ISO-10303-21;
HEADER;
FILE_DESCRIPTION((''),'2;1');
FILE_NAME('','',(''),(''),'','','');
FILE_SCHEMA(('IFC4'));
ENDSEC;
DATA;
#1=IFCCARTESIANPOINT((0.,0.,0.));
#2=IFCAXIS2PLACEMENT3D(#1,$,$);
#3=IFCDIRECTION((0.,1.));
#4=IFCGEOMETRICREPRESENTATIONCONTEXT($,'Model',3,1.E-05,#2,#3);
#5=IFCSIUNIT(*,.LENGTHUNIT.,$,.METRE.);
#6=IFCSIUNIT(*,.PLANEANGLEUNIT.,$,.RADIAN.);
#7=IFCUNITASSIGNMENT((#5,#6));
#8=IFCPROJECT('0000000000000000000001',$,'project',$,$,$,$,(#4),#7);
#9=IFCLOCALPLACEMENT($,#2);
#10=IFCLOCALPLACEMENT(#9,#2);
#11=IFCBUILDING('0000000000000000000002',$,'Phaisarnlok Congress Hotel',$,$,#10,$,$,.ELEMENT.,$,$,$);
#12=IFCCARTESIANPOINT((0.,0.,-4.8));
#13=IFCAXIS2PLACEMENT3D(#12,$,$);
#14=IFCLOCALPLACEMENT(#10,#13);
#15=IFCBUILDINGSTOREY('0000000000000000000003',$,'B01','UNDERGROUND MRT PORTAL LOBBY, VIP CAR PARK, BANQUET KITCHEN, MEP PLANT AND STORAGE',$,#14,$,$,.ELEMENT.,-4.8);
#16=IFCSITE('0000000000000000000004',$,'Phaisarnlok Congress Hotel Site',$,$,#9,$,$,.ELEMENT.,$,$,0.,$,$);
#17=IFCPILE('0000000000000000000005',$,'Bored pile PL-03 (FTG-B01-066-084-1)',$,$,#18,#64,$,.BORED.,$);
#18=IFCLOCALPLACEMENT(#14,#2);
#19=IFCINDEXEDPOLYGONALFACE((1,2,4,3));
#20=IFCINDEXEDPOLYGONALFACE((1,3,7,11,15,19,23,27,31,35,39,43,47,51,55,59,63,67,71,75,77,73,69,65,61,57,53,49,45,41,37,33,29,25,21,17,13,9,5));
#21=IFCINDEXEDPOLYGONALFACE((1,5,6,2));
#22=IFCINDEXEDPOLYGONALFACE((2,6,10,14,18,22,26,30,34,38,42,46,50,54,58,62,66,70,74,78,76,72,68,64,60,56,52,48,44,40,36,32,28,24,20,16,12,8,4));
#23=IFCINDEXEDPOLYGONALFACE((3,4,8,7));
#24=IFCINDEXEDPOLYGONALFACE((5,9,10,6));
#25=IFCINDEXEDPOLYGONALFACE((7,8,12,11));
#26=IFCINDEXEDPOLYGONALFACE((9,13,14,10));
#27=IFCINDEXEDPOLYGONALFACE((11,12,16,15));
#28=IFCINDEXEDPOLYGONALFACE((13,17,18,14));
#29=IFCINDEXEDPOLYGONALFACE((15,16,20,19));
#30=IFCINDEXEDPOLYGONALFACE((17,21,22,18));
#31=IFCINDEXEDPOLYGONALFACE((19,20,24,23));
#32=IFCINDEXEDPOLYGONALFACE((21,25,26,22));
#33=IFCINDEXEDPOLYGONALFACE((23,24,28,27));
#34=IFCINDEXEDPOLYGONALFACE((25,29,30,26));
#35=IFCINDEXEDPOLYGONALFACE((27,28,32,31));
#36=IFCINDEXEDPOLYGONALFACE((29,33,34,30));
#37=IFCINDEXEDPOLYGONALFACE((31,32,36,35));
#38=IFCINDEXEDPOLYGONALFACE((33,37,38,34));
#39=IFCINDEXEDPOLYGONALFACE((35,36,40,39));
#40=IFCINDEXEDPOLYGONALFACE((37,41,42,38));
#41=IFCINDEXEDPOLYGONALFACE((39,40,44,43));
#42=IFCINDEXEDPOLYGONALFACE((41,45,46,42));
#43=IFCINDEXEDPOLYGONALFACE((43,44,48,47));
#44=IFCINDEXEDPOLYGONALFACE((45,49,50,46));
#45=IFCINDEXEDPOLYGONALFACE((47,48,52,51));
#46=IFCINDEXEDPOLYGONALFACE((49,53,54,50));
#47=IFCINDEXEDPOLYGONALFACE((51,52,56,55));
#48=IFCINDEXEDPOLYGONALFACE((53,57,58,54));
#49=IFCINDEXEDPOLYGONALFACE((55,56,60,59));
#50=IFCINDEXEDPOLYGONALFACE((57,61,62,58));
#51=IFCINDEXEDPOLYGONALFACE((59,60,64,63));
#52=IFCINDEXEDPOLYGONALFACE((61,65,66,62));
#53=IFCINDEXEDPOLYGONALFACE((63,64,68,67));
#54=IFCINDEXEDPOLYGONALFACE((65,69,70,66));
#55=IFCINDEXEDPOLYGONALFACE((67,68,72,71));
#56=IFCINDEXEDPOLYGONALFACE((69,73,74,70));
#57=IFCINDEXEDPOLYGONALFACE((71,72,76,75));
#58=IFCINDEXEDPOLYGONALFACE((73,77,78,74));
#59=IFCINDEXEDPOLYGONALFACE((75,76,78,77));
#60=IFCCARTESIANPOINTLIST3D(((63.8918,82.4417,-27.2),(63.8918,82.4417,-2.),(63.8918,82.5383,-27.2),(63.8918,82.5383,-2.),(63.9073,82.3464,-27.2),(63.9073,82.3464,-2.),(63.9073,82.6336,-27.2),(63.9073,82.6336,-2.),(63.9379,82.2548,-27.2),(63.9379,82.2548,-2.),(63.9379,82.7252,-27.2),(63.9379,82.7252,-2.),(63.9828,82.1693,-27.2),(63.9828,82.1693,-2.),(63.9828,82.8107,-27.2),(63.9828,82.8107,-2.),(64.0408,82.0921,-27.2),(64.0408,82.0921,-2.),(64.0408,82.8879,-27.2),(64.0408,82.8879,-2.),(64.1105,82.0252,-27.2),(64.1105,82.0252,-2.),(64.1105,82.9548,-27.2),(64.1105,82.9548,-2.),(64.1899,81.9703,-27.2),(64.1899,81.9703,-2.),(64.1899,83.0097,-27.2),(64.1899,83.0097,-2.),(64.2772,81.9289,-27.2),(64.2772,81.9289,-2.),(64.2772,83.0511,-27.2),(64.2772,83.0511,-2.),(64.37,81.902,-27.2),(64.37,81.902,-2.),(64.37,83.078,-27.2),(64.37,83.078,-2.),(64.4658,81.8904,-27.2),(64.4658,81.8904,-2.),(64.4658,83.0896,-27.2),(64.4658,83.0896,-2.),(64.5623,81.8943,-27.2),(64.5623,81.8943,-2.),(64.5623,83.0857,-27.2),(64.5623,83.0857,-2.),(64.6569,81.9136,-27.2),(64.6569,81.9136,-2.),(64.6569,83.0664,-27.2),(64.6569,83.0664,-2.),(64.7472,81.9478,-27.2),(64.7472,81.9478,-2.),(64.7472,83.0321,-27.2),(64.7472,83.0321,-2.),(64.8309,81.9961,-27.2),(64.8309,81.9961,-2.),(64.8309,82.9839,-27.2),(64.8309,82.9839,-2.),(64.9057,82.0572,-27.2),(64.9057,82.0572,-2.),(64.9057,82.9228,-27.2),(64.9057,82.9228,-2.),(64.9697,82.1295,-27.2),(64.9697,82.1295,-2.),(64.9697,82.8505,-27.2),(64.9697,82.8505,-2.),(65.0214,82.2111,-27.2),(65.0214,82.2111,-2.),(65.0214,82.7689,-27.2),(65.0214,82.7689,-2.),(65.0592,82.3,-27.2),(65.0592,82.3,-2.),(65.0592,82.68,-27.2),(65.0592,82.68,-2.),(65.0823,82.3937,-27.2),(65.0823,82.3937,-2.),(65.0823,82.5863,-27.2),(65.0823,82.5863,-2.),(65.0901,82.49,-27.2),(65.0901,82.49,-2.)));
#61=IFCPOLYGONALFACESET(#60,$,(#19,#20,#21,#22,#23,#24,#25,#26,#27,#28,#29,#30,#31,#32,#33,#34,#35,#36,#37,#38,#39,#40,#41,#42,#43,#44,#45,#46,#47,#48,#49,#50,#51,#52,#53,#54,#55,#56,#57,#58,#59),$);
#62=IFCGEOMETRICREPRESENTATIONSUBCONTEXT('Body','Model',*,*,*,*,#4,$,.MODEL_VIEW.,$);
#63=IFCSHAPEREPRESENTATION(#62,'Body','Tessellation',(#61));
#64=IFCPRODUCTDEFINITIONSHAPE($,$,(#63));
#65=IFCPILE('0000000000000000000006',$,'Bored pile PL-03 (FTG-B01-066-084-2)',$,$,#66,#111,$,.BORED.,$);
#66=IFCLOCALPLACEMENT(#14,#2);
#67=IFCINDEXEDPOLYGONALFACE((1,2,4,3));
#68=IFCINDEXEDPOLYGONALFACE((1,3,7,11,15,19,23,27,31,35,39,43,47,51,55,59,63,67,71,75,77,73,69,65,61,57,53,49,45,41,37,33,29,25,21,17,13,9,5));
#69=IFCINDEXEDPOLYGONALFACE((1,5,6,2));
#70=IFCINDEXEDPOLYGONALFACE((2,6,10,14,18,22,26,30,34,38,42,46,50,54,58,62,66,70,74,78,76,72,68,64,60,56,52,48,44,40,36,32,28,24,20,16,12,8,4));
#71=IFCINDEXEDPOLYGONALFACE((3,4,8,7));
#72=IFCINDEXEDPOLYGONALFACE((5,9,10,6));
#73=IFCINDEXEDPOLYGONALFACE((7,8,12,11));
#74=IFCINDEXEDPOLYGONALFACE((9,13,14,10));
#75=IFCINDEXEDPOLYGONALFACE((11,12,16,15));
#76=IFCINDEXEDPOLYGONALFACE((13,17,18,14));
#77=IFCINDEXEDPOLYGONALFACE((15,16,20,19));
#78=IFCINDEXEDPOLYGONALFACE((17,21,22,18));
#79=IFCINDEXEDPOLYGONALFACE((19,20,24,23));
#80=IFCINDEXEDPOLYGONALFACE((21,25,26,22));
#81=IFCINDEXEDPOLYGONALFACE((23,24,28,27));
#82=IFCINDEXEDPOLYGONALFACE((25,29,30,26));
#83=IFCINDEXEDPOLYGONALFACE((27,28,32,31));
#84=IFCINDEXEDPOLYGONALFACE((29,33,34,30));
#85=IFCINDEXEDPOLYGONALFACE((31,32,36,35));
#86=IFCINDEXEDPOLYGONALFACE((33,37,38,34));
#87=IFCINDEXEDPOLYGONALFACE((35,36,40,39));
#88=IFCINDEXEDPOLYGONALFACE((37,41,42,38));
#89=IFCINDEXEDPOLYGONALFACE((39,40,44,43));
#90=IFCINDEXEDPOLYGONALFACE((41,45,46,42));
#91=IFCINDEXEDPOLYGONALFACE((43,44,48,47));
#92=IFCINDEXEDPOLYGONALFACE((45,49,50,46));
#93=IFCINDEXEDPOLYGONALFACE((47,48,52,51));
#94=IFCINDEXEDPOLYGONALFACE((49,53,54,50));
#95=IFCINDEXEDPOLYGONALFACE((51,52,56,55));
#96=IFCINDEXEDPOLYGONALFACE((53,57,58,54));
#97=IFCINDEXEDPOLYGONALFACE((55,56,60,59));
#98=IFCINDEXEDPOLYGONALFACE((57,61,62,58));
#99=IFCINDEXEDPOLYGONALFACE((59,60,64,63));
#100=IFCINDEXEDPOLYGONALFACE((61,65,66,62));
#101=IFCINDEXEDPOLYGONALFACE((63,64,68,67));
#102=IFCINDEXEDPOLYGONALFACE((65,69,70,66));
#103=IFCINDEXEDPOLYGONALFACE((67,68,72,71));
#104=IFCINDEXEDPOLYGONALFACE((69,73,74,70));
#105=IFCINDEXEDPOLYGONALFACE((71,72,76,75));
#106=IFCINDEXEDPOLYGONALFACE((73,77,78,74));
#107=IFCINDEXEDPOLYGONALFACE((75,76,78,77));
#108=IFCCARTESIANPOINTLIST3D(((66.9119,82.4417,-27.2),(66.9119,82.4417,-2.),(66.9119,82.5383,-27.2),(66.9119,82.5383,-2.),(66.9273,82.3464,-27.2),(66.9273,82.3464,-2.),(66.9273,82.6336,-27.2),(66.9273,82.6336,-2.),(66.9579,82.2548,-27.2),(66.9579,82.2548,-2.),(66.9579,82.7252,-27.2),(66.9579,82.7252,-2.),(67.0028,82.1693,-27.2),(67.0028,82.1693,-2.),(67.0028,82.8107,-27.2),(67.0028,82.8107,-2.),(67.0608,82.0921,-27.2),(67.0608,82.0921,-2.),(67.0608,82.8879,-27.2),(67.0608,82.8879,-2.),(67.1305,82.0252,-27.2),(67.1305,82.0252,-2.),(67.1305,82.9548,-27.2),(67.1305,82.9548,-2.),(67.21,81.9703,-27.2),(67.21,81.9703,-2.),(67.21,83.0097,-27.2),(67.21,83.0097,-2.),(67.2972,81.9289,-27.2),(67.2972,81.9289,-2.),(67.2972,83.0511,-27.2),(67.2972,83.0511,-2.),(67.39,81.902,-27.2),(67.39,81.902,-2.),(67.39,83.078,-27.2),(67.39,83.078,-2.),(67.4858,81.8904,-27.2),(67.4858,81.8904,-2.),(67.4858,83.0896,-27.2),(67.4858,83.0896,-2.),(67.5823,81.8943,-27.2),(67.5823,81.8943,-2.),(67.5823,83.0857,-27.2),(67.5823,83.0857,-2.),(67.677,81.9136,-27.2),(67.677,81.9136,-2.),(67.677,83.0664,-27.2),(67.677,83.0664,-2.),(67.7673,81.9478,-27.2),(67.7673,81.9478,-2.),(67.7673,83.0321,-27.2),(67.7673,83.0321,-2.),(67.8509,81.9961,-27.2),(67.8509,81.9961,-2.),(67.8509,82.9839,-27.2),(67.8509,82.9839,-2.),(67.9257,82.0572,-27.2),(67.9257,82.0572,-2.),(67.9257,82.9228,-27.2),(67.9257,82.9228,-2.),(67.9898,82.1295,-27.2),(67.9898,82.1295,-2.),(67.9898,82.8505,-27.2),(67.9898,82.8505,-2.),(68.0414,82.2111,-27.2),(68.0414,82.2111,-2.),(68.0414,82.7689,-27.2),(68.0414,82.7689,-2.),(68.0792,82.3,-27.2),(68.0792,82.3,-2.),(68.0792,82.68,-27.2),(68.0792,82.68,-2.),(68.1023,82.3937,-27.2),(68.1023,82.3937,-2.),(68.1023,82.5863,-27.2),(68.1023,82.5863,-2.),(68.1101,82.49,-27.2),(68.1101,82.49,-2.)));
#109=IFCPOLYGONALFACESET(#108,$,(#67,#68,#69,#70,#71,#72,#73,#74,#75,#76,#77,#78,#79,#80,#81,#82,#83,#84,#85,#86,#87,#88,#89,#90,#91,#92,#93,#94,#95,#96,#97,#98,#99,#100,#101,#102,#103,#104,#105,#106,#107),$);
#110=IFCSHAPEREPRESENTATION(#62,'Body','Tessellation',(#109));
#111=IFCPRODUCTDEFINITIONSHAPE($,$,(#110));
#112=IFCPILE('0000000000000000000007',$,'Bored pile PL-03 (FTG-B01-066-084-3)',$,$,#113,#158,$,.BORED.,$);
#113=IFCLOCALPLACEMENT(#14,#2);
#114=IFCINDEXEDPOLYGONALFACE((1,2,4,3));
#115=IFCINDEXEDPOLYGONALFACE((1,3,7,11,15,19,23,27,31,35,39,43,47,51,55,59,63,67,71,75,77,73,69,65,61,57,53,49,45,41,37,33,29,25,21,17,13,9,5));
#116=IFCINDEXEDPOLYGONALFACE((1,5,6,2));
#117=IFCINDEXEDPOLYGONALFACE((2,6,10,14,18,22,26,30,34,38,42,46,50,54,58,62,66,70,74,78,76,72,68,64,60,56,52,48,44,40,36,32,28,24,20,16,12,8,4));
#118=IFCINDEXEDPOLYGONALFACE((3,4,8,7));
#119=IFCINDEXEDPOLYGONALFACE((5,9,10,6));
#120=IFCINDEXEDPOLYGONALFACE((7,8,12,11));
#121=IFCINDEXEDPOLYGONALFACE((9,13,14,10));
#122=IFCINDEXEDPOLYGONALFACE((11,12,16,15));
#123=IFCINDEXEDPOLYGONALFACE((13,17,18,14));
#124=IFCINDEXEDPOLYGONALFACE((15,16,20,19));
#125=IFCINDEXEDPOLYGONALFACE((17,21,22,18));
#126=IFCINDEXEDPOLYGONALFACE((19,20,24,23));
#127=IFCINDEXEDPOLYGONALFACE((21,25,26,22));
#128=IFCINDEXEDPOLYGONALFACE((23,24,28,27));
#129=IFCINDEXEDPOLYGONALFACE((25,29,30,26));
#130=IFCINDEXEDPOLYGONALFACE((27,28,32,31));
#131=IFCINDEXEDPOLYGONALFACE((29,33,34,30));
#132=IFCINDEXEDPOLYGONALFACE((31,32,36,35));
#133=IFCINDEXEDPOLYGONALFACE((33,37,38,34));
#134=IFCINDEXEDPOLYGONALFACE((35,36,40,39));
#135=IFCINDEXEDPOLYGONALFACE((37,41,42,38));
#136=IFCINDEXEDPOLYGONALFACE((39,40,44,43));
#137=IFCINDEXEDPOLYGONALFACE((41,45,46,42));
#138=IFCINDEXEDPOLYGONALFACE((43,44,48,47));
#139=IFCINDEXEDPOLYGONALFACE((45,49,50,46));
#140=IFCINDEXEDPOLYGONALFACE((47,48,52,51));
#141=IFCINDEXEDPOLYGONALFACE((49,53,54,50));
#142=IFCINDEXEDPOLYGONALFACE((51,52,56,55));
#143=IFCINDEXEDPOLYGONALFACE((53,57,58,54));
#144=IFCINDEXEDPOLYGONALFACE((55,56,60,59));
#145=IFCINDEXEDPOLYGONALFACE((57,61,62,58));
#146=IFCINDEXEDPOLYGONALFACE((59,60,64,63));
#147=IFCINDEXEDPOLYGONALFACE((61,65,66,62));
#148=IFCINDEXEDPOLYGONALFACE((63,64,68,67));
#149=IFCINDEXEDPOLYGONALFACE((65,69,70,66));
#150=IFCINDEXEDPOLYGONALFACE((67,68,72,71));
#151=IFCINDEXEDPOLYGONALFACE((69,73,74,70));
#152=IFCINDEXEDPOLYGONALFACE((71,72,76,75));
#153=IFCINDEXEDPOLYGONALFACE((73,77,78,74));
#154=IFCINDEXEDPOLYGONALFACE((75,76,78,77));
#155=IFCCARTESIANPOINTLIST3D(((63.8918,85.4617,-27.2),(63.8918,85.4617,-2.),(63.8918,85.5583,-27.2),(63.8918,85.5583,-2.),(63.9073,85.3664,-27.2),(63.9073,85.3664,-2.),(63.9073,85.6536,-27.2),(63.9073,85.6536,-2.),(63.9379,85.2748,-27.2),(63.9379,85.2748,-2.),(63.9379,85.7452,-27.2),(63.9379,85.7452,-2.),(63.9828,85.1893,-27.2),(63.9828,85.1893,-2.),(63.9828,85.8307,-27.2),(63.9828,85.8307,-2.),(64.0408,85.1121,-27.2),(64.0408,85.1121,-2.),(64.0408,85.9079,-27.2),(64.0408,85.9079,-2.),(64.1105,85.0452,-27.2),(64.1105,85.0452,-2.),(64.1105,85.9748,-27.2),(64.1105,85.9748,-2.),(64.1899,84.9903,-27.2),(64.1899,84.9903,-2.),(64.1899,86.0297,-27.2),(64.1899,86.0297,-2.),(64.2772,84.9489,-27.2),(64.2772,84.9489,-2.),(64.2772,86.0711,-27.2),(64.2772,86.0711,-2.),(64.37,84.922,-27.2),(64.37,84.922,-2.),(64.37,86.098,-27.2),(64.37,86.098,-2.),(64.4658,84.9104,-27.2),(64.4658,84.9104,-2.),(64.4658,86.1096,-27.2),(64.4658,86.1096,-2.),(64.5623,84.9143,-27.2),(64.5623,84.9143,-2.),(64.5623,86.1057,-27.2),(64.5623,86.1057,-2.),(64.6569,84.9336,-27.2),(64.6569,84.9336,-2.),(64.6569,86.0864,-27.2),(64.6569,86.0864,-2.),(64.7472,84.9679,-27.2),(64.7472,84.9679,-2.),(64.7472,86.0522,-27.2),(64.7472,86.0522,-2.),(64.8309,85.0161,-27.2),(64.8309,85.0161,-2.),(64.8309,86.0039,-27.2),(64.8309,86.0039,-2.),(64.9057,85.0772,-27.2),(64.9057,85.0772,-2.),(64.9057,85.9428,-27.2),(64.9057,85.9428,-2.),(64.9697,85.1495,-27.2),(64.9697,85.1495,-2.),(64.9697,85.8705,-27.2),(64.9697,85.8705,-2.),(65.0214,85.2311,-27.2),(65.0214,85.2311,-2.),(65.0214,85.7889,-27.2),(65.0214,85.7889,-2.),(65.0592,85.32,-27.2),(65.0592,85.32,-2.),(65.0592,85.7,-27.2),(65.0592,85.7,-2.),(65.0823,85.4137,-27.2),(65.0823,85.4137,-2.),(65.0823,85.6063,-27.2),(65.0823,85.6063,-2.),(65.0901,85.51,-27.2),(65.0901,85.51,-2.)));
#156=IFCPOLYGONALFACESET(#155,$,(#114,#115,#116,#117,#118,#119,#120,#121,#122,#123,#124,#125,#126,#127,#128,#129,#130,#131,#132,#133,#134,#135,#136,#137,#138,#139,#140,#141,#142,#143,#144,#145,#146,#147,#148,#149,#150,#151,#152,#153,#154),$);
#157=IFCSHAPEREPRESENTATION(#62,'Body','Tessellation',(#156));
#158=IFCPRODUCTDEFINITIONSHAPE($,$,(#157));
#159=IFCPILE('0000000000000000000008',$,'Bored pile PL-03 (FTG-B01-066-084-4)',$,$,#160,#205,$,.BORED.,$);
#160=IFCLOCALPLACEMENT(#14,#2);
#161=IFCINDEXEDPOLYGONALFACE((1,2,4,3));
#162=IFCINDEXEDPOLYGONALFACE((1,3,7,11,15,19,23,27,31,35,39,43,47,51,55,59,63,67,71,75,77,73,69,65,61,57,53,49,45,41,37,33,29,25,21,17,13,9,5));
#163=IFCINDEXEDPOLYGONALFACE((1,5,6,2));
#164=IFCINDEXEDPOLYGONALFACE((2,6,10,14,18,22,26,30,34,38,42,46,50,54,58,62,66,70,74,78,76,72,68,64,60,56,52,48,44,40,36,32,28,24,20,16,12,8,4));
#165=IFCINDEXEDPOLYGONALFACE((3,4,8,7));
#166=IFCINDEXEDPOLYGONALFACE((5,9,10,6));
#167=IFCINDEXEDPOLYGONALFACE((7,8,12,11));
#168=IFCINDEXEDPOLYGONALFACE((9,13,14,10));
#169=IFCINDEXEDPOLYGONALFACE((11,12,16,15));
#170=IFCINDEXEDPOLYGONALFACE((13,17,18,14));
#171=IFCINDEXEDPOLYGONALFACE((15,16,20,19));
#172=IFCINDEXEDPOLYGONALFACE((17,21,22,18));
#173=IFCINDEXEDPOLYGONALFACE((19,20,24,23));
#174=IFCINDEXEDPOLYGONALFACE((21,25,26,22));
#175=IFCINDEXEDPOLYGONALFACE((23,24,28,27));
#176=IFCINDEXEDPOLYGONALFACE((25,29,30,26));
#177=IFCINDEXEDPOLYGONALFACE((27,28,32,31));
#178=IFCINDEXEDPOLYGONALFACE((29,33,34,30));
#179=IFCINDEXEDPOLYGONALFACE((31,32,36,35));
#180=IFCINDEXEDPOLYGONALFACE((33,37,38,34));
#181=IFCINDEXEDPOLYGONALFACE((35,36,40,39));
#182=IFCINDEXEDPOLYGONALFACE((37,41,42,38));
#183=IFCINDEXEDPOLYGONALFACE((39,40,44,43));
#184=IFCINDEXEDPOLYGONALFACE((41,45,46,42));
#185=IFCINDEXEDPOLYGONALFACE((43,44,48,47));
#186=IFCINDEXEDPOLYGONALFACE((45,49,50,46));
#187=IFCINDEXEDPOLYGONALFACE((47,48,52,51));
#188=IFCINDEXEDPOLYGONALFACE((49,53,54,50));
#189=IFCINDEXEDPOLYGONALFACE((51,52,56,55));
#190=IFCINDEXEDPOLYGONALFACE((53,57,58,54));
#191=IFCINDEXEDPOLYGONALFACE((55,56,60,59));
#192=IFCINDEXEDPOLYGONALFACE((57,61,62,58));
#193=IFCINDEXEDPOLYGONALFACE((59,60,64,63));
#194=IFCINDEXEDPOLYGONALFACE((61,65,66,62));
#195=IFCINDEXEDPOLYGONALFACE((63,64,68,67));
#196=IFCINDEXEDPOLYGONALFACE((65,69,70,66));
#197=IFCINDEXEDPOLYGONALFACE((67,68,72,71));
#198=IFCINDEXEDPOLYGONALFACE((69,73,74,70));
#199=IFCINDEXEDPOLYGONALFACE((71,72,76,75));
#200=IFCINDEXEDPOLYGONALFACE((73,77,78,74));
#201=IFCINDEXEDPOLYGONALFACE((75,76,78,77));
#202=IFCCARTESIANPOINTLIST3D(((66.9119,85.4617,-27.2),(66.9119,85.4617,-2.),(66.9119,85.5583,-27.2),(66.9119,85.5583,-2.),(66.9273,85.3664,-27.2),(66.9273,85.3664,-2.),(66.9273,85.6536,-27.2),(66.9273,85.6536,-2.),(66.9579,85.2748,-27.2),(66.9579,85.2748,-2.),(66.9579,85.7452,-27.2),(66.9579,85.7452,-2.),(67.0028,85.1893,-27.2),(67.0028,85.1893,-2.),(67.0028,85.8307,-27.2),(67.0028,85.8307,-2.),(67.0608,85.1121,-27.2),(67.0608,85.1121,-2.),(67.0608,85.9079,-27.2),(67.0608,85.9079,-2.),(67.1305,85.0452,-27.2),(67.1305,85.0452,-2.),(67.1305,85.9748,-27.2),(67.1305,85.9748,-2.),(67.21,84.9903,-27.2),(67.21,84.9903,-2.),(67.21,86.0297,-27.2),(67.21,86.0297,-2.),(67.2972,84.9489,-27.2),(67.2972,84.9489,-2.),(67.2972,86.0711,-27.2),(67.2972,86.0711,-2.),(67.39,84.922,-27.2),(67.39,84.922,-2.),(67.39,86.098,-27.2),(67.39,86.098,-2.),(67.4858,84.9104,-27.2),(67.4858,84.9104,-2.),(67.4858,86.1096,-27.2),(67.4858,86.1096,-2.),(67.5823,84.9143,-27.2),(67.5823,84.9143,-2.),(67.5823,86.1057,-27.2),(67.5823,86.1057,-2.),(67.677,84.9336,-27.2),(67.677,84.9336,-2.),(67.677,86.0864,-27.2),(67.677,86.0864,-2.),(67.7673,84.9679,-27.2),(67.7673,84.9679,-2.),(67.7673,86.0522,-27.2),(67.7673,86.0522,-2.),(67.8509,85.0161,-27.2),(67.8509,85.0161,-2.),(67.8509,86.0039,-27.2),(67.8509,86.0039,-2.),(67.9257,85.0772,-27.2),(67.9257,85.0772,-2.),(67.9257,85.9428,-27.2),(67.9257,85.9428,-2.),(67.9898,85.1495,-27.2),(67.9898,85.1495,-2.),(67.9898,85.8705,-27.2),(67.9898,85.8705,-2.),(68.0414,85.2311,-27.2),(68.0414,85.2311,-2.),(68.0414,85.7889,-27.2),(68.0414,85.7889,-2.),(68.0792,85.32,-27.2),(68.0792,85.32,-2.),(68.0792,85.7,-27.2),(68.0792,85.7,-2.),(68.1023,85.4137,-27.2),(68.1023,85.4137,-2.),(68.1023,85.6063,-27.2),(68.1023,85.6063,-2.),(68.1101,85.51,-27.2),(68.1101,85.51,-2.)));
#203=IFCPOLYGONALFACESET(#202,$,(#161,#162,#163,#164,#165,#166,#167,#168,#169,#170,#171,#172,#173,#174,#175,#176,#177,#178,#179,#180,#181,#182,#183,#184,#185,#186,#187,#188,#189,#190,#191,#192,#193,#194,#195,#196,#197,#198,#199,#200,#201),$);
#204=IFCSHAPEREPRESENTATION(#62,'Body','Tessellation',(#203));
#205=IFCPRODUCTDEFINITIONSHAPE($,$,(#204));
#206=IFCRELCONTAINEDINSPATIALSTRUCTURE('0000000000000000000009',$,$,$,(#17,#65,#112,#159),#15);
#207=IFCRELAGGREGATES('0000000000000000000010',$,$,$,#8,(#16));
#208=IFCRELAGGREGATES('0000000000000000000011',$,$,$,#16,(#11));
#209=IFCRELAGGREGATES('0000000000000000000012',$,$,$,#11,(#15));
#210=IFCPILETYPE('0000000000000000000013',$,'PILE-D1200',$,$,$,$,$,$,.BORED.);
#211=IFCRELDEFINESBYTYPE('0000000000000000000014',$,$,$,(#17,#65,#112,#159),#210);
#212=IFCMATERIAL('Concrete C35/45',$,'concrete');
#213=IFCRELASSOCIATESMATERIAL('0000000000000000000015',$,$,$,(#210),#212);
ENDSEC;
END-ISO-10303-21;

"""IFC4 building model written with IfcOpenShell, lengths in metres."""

from ifc_helpers import new_model, si_unit, direction, frame, origin, origin_2d, place, context, subcontext, project, spatial, circle, extrude, material, material_profile, profile_set, type_object, element, save


model = new_model("IFC4")

# Units and contexts
model_context = context("Model", 3, precision=1e-05, world=origin(), true_north=direction((0.0, 1.0)))
body_context = subcontext(model_context, "Body", "Model", "MODEL_VIEW")
ifc_project = project(units=[si_unit("LENGTHUNIT", "METRE"), si_unit("PLANEANGLEUNIT", "RADIAN")], contexts=[model_context])

# Site, building, storey
site_placement = place(None, origin())
site = spatial("IfcSite", under=ifc_project, at=site_placement, Name="Phaisarnlok Congress Hotel Site", CompositionType="ELEMENT", RefElevation=0.0)
building_placement = place(site_placement, origin())
building = spatial("IfcBuilding", under=site, at=building_placement, Name="Phaisarnlok Congress Hotel", CompositionType="ELEMENT")
storey_placement = place(building_placement, frame((0.0, 0.0, -4.8)))
storey = spatial("IfcBuildingStorey", under=building, at=storey_placement, Name="B01", Description="UNDERGROUND MRT PORTAL LOBBY, VIP CAR PARK, BANQUET KITCHEN, MEP PLANT AND STORAGE", CompositionType="ELEMENT", Elevation=-4.8)

# Piles
ifc_material_1 = material(Name="Concrete C35/45", Category="concrete")
ifc_material_profile_1 = material_profile(ifc_material_1, circle(Radius=0.6001, at=origin_2d()), Name="BORED PILE D1200")
ifc_profile_set_1 = profile_set([ifc_material_profile_1], Name="Concrete C35/45")
pile_type_1 = type_object("IfcPileType", Name="PILE-D1200", PredefinedType="BORED", material=ifc_profile_set_1)
for number, where, z_axis, x_axis, name in (
    (1, (64.49, 82.49, -2.0), (0.0, 0.0, -1.0), (1.0, 0.0, 0.0), "Bored pile PL-03 (FTG-B01-066-084-1)"),
    (2, (67.51, 82.49, -2.0), (0.0, 0.0, -1.0), (1.0, 0.0, 0.0), "Bored pile PL-03 (FTG-B01-066-084-2)"),
    (3, (64.49, 85.51, -2.0), (0.0, 0.0, -1.0), (1.0, 0.0, 0.0), "Bored pile PL-03 (FTG-B01-066-084-3)"),
    (4, (67.51, 85.51, -2.0), (0.0, 0.0, -1.0), (1.0, 0.0, 0.0), "Bored pile PL-03 (FTG-B01-066-084-4)"),
):
    element("IfcPile", number, at=place(storey_placement, frame(where, z_axis=z_axis, x_axis=x_axis)), inside=storey, type_object=pile_type_1, Name=name, PredefinedType="BORED", context=body_context, shape_type="SweptSolid", body=[
        extrude(circle(Radius=0.6001, at=origin_2d()), origin(), (0.0, 0.0, 1.0), 25.2),
    ])

save(model, "model.ifc")
